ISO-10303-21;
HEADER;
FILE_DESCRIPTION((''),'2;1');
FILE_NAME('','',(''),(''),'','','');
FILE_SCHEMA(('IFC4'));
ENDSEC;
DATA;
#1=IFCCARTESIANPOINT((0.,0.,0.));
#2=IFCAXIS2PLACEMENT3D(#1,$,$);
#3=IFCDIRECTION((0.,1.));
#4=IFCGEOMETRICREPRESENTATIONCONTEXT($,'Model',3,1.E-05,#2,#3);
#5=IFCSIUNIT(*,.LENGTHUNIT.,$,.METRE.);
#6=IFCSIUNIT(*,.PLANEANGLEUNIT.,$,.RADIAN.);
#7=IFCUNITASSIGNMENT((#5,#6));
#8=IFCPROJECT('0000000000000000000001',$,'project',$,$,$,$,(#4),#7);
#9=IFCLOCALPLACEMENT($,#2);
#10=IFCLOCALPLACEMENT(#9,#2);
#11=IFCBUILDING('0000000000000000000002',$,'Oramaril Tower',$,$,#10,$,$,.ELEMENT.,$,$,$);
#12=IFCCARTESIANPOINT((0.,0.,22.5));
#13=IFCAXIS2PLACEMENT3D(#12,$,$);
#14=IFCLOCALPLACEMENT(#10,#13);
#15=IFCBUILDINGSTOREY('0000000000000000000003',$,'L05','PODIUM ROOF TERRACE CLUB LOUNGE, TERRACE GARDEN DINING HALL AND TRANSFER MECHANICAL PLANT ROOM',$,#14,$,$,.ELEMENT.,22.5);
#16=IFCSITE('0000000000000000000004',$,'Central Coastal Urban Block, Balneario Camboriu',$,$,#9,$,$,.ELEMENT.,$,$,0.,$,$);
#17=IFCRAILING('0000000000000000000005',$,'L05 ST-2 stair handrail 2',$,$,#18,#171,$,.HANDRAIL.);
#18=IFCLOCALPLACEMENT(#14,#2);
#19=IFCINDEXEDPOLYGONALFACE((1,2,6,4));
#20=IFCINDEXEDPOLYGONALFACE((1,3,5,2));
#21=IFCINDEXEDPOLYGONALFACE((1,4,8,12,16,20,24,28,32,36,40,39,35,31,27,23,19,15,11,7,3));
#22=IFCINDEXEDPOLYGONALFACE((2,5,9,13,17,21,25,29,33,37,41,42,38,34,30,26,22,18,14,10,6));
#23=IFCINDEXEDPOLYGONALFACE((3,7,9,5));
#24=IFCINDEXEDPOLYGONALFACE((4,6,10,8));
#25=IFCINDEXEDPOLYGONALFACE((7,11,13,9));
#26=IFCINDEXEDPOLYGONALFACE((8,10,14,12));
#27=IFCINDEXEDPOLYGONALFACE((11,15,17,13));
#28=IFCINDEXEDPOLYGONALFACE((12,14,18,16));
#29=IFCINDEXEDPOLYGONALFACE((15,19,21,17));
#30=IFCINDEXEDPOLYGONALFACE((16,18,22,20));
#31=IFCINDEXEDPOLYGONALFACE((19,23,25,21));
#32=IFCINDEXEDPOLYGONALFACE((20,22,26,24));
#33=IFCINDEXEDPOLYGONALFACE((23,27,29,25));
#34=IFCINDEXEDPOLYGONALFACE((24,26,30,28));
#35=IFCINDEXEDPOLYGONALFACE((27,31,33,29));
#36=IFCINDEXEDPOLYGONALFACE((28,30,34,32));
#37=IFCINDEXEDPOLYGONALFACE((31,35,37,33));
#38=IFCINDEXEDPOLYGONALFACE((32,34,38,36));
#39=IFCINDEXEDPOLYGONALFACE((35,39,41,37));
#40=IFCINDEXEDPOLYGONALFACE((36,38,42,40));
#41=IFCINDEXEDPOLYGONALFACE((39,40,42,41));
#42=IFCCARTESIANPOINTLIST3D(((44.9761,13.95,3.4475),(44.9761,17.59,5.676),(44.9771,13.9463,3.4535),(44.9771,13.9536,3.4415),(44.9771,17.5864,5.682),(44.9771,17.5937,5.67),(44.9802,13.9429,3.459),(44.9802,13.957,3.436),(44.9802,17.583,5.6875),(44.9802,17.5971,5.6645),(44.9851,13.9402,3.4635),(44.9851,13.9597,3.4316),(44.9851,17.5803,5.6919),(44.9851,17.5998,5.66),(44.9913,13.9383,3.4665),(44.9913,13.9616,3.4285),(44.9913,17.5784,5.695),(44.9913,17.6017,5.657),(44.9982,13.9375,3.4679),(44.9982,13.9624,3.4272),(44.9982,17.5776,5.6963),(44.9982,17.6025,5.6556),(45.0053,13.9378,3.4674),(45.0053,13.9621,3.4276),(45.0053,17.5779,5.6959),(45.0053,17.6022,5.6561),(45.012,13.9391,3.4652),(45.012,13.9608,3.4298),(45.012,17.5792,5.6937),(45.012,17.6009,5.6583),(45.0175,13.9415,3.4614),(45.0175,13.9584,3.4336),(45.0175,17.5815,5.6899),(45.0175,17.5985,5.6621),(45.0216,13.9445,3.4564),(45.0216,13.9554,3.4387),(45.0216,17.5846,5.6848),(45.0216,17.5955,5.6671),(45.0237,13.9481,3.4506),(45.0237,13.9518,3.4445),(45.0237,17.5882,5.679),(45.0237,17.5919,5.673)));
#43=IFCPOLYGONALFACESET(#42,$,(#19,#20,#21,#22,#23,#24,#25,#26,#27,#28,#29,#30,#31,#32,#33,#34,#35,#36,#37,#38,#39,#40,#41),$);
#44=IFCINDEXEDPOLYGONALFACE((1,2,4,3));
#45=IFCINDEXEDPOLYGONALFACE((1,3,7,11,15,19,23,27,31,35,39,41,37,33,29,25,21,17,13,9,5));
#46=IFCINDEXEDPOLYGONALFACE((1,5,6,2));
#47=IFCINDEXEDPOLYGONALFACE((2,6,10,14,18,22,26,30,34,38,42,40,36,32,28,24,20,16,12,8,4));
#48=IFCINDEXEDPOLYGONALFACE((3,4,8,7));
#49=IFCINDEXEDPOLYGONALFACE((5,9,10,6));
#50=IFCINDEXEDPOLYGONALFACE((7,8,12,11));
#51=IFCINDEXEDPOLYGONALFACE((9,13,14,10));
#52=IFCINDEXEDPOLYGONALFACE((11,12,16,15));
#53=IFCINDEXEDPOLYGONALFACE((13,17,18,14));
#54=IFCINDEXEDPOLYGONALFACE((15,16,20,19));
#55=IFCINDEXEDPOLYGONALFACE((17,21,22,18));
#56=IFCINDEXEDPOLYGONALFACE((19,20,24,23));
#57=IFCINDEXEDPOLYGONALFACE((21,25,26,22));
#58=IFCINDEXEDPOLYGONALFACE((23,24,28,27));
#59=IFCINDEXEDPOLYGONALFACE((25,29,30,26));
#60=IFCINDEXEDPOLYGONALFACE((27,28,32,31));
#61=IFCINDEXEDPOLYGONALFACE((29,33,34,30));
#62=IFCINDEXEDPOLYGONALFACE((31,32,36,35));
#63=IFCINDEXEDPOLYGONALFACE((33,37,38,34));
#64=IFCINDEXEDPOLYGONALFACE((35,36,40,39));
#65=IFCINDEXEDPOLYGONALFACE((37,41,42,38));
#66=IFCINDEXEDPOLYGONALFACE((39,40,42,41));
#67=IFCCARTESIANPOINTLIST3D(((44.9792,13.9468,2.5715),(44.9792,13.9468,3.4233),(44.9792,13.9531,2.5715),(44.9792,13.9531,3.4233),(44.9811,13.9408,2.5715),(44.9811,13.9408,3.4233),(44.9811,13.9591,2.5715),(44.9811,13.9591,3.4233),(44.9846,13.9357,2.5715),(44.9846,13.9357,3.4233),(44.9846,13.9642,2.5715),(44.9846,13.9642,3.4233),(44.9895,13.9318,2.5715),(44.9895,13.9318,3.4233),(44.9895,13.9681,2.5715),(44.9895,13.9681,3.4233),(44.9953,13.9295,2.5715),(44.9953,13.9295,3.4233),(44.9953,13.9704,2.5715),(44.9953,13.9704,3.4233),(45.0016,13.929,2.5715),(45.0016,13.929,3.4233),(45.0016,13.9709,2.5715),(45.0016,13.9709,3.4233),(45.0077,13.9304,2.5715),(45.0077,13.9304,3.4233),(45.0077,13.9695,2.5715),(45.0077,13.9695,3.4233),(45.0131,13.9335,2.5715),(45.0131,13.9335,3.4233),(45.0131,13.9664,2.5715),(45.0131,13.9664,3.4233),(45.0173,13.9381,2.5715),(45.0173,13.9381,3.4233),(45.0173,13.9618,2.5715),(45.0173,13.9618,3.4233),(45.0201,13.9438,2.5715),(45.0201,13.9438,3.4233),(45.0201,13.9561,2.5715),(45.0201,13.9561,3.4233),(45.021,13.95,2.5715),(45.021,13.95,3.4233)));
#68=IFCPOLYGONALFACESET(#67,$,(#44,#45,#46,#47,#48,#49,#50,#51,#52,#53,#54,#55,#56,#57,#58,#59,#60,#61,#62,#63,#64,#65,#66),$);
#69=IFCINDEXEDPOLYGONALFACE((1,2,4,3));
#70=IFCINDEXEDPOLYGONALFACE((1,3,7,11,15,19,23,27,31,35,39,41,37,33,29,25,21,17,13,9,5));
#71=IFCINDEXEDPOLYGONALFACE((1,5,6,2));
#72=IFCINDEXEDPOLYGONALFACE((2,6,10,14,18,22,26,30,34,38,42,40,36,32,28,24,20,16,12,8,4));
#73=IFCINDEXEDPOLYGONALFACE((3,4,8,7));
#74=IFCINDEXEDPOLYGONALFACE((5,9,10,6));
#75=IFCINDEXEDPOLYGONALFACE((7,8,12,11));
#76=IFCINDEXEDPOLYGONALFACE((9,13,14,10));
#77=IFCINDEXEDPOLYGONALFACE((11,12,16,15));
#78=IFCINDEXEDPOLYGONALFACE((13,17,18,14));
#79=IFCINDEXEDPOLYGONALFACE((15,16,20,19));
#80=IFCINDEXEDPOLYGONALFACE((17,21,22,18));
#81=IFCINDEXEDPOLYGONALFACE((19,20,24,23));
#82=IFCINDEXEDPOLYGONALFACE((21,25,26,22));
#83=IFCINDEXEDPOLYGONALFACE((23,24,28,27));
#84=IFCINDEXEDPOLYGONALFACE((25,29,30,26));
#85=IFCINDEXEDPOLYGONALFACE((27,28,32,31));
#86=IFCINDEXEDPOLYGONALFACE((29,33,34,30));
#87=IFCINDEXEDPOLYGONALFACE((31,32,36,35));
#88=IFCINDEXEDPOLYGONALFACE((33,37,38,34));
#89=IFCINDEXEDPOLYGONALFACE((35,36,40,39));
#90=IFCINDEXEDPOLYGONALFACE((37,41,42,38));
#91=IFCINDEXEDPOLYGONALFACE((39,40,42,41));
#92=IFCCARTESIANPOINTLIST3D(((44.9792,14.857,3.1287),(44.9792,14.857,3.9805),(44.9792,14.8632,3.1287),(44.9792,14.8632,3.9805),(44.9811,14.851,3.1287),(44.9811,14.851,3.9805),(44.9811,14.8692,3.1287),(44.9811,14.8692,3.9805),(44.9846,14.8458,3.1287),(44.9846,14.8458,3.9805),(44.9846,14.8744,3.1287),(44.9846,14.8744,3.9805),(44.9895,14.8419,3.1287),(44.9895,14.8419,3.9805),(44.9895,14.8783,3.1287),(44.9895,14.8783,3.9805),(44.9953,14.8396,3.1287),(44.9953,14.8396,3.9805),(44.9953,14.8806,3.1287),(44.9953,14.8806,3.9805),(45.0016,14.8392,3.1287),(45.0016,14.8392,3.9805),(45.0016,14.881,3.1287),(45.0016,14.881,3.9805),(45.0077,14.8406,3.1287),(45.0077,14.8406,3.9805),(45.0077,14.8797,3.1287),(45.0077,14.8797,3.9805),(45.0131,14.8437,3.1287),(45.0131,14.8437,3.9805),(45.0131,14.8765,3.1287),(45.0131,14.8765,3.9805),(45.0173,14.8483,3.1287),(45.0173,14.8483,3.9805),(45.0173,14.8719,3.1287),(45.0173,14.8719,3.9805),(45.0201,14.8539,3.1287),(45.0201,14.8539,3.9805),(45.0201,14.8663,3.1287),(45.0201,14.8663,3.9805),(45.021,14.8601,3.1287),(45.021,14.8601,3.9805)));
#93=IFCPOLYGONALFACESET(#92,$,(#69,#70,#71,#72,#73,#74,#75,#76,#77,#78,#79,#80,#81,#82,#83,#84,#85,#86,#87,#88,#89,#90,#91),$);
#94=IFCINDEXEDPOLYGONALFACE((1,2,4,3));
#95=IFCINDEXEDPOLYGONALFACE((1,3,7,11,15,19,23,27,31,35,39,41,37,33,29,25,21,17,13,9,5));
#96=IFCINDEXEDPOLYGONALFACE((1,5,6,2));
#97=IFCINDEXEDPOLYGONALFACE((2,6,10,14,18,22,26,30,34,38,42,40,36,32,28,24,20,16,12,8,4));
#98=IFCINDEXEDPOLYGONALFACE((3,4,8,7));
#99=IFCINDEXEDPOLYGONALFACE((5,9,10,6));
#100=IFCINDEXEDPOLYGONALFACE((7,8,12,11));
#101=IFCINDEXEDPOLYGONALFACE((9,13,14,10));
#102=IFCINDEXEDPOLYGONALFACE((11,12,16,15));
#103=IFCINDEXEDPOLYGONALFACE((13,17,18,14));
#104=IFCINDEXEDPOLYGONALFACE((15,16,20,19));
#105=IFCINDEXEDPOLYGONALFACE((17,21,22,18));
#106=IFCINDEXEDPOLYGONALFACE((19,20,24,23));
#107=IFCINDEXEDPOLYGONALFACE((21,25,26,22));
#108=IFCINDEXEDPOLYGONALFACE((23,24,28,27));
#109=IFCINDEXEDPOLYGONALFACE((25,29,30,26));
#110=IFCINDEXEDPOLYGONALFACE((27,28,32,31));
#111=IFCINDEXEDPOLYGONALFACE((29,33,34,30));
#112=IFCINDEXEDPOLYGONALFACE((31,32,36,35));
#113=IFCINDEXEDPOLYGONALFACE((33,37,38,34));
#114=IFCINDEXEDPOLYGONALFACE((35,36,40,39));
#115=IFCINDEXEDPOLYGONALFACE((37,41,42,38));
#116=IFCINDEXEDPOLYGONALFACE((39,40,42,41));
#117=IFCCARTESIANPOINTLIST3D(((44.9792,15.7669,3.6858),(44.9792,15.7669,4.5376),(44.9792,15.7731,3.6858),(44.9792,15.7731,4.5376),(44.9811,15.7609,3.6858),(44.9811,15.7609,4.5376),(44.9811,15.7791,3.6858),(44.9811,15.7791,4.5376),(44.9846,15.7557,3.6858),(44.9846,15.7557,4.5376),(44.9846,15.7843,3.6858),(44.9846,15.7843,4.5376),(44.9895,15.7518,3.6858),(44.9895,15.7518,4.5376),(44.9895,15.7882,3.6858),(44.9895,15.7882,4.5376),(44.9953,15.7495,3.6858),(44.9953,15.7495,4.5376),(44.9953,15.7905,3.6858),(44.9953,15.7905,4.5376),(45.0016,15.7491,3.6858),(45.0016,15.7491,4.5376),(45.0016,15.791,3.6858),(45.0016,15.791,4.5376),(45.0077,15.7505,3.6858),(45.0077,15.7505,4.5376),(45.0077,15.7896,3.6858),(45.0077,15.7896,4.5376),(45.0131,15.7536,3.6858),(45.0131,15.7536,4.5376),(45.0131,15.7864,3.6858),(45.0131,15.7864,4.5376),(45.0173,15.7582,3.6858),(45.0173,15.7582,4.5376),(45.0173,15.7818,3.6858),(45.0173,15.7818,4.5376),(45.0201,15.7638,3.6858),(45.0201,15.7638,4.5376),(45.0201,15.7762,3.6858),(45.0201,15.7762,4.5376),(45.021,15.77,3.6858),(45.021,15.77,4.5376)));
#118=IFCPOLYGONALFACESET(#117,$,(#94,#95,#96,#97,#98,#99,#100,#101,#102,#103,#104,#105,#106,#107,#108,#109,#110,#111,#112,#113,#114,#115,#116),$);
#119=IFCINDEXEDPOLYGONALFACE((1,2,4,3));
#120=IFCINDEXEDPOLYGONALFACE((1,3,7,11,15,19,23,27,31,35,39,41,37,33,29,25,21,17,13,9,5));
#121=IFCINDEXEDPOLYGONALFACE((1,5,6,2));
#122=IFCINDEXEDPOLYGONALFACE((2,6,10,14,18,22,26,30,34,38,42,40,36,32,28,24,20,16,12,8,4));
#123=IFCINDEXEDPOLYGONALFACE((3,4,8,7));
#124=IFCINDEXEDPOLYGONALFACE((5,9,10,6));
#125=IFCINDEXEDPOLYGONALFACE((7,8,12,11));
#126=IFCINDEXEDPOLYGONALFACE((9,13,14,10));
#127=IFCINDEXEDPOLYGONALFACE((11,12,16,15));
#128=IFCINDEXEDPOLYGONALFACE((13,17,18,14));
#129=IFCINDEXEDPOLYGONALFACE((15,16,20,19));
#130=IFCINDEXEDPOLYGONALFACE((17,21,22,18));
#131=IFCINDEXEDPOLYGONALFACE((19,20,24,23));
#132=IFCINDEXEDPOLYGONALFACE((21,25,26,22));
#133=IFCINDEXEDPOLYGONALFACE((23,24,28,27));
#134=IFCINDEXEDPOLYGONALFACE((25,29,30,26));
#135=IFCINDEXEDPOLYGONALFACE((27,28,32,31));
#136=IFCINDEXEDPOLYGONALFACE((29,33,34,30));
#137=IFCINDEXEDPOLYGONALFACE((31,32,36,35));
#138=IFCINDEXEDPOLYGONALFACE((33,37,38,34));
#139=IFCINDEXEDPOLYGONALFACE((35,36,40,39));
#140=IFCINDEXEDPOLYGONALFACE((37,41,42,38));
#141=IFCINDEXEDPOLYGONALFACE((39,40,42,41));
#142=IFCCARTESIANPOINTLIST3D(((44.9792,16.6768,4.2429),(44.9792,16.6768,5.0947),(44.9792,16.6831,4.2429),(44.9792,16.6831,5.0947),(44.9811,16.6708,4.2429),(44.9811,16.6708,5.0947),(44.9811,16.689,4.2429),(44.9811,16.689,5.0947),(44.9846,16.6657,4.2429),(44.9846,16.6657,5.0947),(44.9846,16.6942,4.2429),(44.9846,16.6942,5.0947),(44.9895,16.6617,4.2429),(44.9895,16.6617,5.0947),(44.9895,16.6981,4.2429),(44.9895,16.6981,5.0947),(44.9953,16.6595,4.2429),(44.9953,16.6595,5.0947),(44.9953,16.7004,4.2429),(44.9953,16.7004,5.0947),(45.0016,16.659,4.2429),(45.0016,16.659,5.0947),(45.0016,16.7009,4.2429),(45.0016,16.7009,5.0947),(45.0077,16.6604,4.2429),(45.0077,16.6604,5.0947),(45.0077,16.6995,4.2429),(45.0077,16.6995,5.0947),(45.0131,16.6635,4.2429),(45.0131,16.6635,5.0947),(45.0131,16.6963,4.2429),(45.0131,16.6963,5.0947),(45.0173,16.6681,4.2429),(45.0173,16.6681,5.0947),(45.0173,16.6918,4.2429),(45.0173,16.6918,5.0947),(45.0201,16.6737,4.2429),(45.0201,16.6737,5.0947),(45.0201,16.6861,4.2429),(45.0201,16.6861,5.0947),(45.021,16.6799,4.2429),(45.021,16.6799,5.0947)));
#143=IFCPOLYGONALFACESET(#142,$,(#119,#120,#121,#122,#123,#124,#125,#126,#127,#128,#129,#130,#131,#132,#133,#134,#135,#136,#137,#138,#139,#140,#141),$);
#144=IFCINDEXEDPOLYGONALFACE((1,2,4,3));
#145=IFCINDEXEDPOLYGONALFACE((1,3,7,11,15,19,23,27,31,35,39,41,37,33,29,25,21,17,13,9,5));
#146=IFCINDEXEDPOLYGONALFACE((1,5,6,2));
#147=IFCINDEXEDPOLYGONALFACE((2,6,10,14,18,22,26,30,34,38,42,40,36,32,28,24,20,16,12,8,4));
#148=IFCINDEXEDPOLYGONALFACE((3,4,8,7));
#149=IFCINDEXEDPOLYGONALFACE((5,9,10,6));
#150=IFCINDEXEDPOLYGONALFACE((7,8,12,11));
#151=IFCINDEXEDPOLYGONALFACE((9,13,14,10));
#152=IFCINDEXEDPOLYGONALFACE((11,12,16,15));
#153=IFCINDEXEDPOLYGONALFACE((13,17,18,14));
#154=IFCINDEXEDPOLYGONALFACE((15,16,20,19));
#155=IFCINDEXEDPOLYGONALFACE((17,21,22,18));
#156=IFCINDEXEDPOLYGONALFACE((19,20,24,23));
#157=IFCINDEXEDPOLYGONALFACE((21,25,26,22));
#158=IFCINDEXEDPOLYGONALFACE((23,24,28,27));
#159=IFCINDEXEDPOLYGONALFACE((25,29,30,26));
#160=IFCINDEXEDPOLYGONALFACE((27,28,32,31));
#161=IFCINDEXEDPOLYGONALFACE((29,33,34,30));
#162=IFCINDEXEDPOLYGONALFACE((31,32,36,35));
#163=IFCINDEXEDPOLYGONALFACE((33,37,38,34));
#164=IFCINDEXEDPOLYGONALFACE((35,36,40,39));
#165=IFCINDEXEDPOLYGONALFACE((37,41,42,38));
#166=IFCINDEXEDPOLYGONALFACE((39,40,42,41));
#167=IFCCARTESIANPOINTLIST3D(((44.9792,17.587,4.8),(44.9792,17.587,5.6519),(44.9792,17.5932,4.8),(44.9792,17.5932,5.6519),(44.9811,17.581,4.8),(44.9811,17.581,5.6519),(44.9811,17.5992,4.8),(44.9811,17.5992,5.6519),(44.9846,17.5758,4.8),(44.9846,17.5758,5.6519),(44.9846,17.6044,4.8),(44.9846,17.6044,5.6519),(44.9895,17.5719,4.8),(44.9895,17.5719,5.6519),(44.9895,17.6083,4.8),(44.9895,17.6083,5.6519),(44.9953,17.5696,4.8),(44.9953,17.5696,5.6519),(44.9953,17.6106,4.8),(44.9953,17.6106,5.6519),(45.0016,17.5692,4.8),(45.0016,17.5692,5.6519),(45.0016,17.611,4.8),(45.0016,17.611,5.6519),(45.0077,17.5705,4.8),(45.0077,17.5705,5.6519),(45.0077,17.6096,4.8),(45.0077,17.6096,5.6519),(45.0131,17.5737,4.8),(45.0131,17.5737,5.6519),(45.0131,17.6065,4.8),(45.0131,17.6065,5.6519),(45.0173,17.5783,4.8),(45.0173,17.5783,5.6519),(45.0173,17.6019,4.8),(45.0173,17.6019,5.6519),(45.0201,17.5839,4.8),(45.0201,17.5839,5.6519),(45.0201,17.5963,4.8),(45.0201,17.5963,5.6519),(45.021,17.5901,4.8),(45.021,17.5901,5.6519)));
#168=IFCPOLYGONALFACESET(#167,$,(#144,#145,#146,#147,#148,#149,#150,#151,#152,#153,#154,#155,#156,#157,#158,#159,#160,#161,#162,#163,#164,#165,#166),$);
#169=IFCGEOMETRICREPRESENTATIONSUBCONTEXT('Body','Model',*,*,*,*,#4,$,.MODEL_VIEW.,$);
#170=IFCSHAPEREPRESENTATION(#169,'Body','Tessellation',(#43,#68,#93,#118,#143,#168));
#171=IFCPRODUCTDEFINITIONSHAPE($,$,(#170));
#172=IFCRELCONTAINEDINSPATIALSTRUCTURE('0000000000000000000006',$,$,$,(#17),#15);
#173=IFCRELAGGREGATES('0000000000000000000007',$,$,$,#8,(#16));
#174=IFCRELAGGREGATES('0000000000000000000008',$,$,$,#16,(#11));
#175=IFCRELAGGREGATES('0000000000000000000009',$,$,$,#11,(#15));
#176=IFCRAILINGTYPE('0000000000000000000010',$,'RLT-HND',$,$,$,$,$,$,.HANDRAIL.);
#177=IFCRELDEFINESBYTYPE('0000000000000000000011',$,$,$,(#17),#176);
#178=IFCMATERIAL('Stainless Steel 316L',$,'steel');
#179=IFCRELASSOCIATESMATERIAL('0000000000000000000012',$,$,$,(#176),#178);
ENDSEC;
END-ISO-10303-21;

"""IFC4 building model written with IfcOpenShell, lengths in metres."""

from ifc_helpers import new_model, si_unit, direction, frame, origin, origin_2d, place, context, subcontext, project, spatial, circle, extrude, material, type_object, element, save


model = new_model("IFC4")

# Units and contexts
model_context = context("Model", 3, precision=1e-05, world=origin(), true_north=direction((0.0, 1.0)))
body_context = subcontext(model_context, "Body", "Model", "MODEL_VIEW")
ifc_project = project(units=[si_unit("LENGTHUNIT", "METRE"), si_unit("PLANEANGLEUNIT", "RADIAN")], contexts=[model_context])

# Site, building, storey
site_placement = place(None, origin())
site = spatial("IfcSite", under=ifc_project, at=site_placement, Name="Central Coastal Urban Block, Balneario Camboriu", CompositionType="ELEMENT", RefElevation=0.0)
building_placement = place(site_placement, origin())
building = spatial("IfcBuilding", under=site, at=building_placement, Name="Oramaril Tower", CompositionType="ELEMENT")
storey_placement = place(building_placement, frame((0.0, 0.0, 22.5)))
storey = spatial("IfcBuildingStorey", under=building, at=storey_placement, Name="L05", Description="PODIUM ROOF TERRACE CLUB LOUNGE, TERRACE GARDEN DINING HALL AND TRANSFER MECHANICAL PLANT ROOM", CompositionType="ELEMENT", Elevation=22.5)

# Railing
ifc_material_1 = material(Name="Stainless Steel 316L", Category="steel")
railing_type_1 = type_object("IfcRailingType", Name="RLT-HND", PredefinedType="HANDRAIL", material=ifc_material_1)
for number, where, name in (
    (1, (45.0, 13.95, 2.5715), "L05 ST-2 stair handrail 2"),
):
    element("IfcRailing", number, at=place(storey_placement, frame(where)), inside=storey, type_object=railing_type_1, Name=name, PredefinedType="HANDRAIL", context=body_context, shape_type="SweptSolid", body=[
        extrude(circle(Radius=0.0239, at=origin_2d()), frame((0.0, 0.0, 0.876), z_axis=(0.0, 0.852866, 0.52213), x_axis=(-1.0, 0.0, 0.0)), (0.0, 0.0, 1.0), 4.2681),
        extrude(circle(Radius=0.021, at=origin_2d()), origin(), (0.0, 0.0, 1.0), 0.8518),
        extrude(circle(Radius=0.021, at=origin_2d()), frame((0.0, 0.9102, 0.5571)), (0.0, 0.0, 1.0), 0.8518),
        extrude(circle(Radius=0.021, at=origin_2d()), frame((0.0, 1.8201, 1.1143)), (0.0, 0.0, 1.0), 0.8518),
        extrude(circle(Radius=0.021, at=origin_2d()), frame((0.0, 2.73, 1.6714)), (0.0, 0.0, 1.0), 0.8518),
        extrude(circle(Radius=0.021, at=origin_2d()), frame((0.0, 3.6401, 2.2285)), (0.0, 0.0, 1.0), 0.8518),
    ])

save(model, "model.ifc")
